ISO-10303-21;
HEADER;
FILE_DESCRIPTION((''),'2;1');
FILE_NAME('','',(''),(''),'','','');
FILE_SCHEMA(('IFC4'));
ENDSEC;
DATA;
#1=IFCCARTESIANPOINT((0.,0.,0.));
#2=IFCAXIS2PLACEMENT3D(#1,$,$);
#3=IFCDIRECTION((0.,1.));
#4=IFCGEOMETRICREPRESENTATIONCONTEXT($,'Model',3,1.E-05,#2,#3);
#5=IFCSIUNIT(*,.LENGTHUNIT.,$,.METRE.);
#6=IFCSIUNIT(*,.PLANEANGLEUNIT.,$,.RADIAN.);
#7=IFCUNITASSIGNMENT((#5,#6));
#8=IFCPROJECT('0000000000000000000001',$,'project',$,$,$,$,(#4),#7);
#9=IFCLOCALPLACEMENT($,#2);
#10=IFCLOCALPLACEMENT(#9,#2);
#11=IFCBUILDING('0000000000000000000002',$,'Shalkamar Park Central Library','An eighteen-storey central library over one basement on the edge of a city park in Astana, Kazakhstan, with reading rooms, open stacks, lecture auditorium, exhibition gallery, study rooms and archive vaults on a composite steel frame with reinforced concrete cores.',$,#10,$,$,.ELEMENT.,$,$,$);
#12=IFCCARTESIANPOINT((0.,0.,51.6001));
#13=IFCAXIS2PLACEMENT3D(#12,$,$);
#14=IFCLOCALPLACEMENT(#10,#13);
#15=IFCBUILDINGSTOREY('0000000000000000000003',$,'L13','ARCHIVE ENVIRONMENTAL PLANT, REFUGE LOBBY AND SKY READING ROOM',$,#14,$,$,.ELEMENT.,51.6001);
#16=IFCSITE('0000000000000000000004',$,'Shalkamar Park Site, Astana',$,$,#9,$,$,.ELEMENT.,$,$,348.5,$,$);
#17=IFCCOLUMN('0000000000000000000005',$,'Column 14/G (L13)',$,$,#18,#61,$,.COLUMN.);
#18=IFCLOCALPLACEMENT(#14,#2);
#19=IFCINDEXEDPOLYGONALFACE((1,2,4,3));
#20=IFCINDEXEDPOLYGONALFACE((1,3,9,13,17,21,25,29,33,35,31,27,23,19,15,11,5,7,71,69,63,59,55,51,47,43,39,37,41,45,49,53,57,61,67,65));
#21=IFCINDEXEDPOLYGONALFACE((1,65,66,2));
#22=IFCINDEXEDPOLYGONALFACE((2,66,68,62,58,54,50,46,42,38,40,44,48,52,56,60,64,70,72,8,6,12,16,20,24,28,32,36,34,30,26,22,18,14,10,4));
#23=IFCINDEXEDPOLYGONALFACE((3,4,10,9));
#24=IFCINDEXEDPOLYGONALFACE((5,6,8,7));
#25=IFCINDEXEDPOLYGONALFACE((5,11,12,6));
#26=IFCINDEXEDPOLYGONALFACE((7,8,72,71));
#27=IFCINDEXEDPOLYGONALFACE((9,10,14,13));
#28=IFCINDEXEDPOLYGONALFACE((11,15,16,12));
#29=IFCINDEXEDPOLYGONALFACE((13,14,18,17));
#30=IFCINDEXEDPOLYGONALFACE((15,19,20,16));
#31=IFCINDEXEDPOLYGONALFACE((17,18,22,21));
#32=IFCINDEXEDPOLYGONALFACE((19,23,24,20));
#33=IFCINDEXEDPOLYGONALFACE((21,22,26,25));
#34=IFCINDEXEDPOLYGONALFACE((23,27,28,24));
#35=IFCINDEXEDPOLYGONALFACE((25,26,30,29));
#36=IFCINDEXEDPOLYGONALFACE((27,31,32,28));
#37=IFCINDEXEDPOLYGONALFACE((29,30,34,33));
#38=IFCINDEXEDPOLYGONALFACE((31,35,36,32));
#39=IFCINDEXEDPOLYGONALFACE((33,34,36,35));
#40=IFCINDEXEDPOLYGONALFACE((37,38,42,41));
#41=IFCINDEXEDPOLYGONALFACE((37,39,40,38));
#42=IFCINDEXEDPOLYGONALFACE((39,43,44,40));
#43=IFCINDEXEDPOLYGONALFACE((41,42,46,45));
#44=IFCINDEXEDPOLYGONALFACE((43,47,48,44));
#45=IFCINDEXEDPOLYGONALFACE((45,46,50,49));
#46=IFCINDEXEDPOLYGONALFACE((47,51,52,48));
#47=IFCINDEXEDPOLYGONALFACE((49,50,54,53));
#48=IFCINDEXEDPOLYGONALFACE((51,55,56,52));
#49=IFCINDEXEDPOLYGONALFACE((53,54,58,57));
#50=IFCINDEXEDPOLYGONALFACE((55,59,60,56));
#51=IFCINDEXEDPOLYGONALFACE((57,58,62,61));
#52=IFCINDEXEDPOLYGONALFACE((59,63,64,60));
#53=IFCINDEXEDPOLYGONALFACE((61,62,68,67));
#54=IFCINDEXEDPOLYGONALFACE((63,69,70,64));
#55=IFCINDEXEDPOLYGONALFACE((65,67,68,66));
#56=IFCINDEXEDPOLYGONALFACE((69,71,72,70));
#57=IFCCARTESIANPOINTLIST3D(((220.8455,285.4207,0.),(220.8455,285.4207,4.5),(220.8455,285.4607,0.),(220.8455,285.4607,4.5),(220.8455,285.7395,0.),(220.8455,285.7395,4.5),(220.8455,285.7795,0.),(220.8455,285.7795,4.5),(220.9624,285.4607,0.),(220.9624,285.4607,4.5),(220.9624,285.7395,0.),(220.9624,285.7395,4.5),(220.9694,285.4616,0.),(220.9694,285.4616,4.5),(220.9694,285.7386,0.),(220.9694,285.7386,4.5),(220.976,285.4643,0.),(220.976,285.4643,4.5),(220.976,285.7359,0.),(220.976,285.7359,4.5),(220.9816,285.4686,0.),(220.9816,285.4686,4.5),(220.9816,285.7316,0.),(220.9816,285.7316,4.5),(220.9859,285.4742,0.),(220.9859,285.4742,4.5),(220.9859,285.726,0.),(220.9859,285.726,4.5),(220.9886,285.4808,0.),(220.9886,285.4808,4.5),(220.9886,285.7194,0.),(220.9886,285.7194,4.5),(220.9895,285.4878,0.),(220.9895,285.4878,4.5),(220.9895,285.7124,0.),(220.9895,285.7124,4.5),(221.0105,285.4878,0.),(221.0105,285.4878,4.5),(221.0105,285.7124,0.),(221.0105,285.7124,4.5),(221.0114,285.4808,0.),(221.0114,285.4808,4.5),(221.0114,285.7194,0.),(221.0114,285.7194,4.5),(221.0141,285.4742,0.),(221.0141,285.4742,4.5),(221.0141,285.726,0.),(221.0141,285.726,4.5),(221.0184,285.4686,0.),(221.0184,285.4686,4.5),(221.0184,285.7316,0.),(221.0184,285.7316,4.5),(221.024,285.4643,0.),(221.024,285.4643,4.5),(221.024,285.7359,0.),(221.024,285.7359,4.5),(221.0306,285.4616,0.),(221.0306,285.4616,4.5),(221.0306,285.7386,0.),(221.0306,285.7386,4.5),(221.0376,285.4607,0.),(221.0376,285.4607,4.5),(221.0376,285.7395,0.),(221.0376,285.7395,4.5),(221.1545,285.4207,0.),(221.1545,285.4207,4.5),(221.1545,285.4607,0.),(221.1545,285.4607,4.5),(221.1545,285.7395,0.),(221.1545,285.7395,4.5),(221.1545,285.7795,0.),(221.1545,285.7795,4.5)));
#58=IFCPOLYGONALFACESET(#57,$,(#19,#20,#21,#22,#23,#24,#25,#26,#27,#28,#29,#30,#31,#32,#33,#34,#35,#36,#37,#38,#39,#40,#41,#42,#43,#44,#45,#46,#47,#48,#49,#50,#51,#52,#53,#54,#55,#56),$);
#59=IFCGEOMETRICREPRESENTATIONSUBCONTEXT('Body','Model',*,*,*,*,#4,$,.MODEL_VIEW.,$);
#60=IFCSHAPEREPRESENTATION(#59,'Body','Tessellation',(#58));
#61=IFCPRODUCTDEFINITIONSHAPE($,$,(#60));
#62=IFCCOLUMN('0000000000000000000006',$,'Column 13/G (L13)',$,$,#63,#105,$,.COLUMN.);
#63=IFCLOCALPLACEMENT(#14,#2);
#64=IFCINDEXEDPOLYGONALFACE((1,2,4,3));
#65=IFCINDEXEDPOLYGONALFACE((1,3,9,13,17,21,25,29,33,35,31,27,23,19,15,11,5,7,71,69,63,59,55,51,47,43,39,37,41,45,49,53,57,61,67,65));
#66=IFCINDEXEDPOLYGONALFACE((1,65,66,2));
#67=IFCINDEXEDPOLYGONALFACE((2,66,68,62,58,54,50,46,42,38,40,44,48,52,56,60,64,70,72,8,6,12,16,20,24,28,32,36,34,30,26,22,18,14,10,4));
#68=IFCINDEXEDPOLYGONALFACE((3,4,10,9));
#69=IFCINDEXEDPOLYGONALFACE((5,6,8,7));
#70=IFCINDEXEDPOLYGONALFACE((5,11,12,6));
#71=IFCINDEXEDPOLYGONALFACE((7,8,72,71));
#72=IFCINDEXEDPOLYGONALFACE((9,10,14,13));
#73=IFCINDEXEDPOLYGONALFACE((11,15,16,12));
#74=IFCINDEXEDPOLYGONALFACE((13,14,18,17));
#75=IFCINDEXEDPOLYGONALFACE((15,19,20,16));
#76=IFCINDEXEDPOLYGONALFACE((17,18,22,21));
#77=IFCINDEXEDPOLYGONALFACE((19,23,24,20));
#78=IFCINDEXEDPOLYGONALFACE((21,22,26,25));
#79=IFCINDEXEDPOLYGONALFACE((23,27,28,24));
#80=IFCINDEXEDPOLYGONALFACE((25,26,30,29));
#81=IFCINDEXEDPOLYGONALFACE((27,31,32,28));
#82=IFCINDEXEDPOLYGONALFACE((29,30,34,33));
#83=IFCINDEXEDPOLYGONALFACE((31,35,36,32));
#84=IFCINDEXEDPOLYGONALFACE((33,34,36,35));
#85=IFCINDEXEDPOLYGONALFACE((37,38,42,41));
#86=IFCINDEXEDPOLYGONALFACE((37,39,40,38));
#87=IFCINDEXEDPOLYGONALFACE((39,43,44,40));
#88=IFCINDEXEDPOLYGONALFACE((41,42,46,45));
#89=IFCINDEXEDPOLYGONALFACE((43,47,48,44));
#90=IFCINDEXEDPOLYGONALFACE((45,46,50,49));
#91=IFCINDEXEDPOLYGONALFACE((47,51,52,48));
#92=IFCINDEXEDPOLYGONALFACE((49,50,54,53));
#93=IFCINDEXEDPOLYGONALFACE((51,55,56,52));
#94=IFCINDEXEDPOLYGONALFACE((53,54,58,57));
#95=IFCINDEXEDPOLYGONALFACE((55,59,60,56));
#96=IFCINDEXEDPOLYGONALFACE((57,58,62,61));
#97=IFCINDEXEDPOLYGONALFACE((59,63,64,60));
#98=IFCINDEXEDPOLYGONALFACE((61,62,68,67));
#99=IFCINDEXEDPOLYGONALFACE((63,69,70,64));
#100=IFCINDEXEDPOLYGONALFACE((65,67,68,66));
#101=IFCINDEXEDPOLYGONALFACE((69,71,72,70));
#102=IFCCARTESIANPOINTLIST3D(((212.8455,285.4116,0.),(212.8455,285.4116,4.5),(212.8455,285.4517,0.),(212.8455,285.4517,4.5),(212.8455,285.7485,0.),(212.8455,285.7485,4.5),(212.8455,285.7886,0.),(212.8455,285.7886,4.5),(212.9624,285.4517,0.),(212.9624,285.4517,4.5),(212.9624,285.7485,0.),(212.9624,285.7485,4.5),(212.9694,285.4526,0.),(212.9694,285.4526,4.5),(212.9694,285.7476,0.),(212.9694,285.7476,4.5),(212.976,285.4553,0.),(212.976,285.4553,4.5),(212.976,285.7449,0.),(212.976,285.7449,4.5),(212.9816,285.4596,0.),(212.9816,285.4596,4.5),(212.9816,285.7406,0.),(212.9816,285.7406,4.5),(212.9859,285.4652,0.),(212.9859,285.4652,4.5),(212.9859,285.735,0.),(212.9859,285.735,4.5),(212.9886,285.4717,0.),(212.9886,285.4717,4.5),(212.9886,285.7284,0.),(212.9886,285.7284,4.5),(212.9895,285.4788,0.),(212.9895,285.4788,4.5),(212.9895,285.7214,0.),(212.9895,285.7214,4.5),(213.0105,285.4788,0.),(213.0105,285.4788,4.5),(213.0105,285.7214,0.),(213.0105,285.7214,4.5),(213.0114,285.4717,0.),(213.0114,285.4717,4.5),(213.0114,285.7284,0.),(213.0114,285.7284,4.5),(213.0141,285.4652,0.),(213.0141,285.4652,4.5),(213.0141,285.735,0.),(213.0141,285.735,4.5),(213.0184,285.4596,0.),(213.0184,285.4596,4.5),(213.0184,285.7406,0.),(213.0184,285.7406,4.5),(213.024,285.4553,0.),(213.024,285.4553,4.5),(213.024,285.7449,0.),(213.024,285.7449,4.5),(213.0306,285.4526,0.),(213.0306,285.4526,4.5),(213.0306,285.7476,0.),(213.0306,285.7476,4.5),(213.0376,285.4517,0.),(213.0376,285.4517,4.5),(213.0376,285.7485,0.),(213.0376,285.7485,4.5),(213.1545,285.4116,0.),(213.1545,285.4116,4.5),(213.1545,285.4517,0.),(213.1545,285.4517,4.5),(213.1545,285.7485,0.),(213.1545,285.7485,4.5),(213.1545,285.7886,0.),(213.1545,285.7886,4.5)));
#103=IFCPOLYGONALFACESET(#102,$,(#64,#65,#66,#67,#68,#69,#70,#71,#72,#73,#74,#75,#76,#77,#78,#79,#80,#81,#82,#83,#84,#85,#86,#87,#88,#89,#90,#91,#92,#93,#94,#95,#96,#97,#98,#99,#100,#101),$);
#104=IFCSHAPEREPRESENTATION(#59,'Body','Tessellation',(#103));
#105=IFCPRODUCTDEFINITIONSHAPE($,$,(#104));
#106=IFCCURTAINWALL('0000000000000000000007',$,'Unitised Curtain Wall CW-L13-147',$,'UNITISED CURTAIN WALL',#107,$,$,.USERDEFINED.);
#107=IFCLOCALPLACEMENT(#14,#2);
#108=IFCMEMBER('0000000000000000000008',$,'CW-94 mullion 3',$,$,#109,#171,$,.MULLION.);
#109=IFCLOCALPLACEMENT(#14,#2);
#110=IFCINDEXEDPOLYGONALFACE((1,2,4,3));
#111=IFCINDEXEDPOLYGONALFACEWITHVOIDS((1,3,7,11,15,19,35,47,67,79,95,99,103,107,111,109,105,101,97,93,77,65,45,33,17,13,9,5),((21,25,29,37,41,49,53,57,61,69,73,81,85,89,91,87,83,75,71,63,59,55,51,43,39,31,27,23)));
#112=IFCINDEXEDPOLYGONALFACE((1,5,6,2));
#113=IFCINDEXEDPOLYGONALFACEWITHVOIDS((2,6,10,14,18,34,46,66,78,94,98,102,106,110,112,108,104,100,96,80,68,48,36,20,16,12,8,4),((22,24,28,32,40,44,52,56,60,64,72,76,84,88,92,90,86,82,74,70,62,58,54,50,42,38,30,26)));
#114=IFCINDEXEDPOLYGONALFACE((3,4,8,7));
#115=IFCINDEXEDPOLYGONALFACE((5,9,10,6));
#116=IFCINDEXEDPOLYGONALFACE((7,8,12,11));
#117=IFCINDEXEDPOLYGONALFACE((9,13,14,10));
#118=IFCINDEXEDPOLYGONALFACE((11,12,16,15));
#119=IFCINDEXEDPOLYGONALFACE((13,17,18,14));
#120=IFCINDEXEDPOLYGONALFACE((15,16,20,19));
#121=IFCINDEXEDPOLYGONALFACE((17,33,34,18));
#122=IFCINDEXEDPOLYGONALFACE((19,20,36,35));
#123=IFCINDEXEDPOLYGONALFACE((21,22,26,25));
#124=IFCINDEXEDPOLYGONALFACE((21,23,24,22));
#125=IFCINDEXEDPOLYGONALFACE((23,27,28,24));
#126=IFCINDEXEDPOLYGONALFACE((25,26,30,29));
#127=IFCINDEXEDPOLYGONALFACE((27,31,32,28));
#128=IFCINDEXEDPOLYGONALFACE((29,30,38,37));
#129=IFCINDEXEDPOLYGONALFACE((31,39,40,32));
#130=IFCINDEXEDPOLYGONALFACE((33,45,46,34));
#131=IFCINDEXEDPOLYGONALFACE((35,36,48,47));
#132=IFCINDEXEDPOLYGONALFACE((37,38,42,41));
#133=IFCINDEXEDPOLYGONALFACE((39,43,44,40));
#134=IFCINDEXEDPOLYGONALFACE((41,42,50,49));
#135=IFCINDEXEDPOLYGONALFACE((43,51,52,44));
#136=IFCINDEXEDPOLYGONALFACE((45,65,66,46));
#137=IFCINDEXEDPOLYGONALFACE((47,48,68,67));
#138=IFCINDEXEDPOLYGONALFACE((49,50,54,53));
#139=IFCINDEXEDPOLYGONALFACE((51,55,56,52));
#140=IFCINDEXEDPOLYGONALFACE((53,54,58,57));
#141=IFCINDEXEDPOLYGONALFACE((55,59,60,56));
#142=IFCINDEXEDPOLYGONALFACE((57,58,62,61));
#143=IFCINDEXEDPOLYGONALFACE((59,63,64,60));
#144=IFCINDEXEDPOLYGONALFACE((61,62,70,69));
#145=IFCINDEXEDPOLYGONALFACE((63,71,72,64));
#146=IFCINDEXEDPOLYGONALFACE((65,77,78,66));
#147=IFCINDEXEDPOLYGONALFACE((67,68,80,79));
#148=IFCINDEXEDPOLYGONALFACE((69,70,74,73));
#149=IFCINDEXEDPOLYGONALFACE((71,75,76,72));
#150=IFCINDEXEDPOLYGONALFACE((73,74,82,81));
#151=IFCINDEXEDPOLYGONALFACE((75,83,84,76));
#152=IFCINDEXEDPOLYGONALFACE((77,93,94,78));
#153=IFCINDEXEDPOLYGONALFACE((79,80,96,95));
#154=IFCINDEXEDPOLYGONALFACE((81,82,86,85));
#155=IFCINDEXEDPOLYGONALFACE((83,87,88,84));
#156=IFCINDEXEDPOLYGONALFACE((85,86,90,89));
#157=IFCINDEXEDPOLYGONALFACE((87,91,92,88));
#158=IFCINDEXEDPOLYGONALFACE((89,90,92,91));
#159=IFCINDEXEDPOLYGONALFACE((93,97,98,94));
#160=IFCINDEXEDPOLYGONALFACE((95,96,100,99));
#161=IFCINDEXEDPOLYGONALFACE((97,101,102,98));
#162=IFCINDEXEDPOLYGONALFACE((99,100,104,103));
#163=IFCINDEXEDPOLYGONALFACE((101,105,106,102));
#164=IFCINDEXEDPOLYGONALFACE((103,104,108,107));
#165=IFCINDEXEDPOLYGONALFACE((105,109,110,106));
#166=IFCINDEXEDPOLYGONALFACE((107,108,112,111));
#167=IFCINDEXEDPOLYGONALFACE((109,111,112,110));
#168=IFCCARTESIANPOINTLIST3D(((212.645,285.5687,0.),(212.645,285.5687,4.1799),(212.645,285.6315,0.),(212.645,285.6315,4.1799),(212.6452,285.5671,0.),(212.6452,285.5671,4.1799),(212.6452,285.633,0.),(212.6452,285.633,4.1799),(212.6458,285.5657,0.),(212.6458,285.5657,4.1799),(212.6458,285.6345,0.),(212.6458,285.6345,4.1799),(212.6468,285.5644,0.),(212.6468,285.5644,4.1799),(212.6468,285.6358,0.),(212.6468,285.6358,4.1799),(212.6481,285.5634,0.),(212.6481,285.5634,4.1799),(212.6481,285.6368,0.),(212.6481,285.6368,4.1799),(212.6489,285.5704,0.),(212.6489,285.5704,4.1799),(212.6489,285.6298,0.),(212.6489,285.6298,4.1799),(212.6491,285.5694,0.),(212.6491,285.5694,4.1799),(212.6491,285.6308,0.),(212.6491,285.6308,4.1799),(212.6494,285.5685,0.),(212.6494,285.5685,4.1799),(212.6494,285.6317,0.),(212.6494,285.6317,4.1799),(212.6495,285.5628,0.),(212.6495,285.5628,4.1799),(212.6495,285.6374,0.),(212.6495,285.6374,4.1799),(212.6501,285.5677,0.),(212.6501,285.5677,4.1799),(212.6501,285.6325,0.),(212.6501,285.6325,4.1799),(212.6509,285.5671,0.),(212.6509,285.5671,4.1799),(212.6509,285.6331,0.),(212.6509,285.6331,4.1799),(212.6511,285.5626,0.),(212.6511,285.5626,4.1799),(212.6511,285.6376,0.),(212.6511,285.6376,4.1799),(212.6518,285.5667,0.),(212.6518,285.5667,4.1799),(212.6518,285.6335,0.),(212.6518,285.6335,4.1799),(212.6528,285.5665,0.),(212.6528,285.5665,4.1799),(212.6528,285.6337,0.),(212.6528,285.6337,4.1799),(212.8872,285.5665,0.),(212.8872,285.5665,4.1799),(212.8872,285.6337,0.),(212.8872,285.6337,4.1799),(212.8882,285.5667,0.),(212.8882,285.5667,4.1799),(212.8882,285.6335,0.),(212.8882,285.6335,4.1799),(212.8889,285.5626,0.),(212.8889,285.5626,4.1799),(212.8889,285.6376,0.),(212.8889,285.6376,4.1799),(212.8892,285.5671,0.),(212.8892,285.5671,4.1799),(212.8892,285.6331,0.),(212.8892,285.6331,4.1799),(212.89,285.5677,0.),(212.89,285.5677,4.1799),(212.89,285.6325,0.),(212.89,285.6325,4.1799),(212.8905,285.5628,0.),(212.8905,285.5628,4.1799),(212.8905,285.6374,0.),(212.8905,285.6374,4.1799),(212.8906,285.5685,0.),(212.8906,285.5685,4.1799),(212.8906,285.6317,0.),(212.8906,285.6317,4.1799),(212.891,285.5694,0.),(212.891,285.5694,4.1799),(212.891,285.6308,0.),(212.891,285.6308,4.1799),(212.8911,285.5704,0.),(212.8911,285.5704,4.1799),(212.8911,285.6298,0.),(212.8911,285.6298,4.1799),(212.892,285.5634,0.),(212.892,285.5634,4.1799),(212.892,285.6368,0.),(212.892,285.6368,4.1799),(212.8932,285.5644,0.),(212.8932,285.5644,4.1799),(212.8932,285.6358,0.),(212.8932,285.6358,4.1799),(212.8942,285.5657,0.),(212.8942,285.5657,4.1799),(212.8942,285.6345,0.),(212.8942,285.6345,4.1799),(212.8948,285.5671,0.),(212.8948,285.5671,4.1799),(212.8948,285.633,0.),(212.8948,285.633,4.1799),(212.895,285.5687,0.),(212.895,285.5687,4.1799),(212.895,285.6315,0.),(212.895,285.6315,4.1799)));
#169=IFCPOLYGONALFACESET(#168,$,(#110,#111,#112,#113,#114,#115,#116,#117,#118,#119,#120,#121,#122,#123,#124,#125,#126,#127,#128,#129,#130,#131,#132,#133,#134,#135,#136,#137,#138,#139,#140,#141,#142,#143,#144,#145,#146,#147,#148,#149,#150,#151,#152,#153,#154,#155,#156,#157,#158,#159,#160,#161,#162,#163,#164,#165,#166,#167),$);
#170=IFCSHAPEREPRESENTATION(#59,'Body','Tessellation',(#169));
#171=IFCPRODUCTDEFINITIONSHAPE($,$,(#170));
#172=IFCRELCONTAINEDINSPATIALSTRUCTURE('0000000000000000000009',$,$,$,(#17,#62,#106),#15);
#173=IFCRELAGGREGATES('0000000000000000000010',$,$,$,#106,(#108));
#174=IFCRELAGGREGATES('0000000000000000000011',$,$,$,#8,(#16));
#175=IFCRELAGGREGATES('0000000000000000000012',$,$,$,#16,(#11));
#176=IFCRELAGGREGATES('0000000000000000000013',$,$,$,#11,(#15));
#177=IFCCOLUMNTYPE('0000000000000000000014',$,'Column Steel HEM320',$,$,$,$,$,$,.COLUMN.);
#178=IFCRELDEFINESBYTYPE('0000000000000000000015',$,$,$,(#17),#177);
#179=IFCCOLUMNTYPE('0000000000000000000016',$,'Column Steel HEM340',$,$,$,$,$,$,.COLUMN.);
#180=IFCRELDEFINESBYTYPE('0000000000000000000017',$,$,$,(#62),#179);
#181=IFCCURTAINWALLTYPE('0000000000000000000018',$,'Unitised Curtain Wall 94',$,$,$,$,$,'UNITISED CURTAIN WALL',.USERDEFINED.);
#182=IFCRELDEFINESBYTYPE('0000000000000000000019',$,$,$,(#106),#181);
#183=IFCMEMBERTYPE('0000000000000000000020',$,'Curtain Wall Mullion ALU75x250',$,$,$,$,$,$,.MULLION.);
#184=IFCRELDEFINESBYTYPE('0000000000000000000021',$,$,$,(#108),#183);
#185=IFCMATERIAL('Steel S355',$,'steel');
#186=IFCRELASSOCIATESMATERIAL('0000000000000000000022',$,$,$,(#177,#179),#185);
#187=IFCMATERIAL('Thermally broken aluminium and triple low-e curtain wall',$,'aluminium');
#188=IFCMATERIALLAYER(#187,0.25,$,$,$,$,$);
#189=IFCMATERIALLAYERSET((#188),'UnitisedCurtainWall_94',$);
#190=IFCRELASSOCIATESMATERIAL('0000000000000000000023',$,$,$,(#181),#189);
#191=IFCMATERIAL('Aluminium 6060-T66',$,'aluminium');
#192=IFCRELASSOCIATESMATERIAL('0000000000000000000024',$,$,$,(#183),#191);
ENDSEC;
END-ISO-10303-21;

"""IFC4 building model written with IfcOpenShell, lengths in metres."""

from ifc_helpers import new_model, si_unit, direction, frame, origin, origin_2d, place, context, subcontext, project, spatial, hollow_rectangle, i_section, extrude, material, layer, layer_set, material_profile, profile_set, type_object, element, aggregate, save


model = new_model("IFC4")

# Units and contexts
model_context = context("Model", 3, precision=1e-05, world=origin(), true_north=direction((0.0, 1.0)))
body_context = subcontext(model_context, "Body", "Model", "MODEL_VIEW")
ifc_project = project(units=[si_unit("LENGTHUNIT", "METRE"), si_unit("PLANEANGLEUNIT", "RADIAN")], contexts=[model_context])

# Site, building, storey
site_placement = place(None, origin())
site = spatial("IfcSite", under=ifc_project, at=site_placement, Name="Shalkamar Park Site, Astana", CompositionType="ELEMENT", RefElevation=348.5)
building_placement = place(site_placement, origin())
building = spatial("IfcBuilding", under=site, at=building_placement, Name="Shalkamar Park Central Library", Description="An eighteen-storey central library over one basement on the edge of a city park in Astana, Kazakhstan, with reading rooms, open stacks, lecture auditorium, exhibition gallery, study rooms and archive vaults on a composite steel frame with reinforced concrete cores.", CompositionType="ELEMENT")
storey_placement = place(building_placement, frame((0.0, 0.0, 51.6001)))
storey = spatial("IfcBuildingStorey", under=building, at=storey_placement, Name="L13", Description="ARCHIVE ENVIRONMENTAL PLANT, REFUGE LOBBY AND SKY READING ROOM", CompositionType="ELEMENT", Elevation=51.6001)

# Columns
ifc_material_1 = material(Name="Steel S355", Category="steel")
ifc_material_profile_1 = material_profile(ifc_material_1, i_section(OverallWidth=0.3091, OverallDepth=0.3589, WebThickness=0.021, FlangeThickness=0.04, FilletRadius=0.0271, at=origin_2d()), Name="HEM 320")
ifc_profile_set_1 = profile_set([ifc_material_profile_1], Name="Steel S355")
column_type_1 = type_object("IfcColumnType", Name="Column Steel HEM320", PredefinedType="COLUMN", material=ifc_profile_set_1)
column_1_placement = place(storey_placement, frame((221.0, 285.6001, 0.0), z_axis=(0.0, 0.0, 1.0), x_axis=(1.0, 0.0, 0.0)))
element("IfcColumn", 1, at=column_1_placement, inside=storey, type_object=column_type_1, Name="Column 14/G (L13)", PredefinedType="COLUMN", context=body_context, shape_type="SweptSolid", body=[
    extrude(i_section(OverallWidth=0.3091, OverallDepth=0.3589, WebThickness=0.021, FlangeThickness=0.04, FilletRadius=0.0271, at=origin_2d()), origin(), (0.0, 0.0, 1.0), 4.5),
])
ifc_material_profile_2 = material_profile(ifc_material_1, i_section(OverallWidth=0.3091, OverallDepth=0.377, WebThickness=0.021, FlangeThickness=0.04, FilletRadius=0.0271, at=origin_2d()), Name="HEM 340")
ifc_profile_set_2 = profile_set([ifc_material_profile_2], Name="Steel S355")
column_type_2 = type_object("IfcColumnType", Name="Column Steel HEM340", PredefinedType="COLUMN", material=ifc_profile_set_2)
column_2_placement = place(storey_placement, frame((213.0, 285.6001, 0.0), z_axis=(0.0, 0.0, 1.0), x_axis=(1.0, 0.0, 0.0)))
element("IfcColumn", 2, at=column_2_placement, inside=storey, type_object=column_type_2, Name="Column 13/G (L13)", PredefinedType="COLUMN", context=body_context, shape_type="SweptSolid", body=[
    extrude(i_section(OverallWidth=0.3091, OverallDepth=0.377, WebThickness=0.021, FlangeThickness=0.04, FilletRadius=0.0271, at=origin_2d()), origin(), (0.0, 0.0, 1.0), 4.5),
])

# Curtain wall, member
ifc_material_2 = material(Name="Thermally broken aluminium and triple low-e curtain wall", Category="aluminium")
ifc_layer_1 = layer(ifc_material_2, 0.25)
ifc_layer_set_1 = layer_set([ifc_layer_1], Name="UnitisedCurtainWall_94")
curtain_wall_type_1 = type_object("IfcCurtainWallType", Name="Unitised Curtain Wall 94", ElementType="UNITISED CURTAIN WALL", PredefinedType="USERDEFINED", material=ifc_layer_set_1)
curtain_wall_1_placement = place(storey_placement, origin())
curtain_wall_1 = element("IfcCurtainWall", 3, at=curtain_wall_1_placement, inside=storey, type_object=curtain_wall_type_1, Name="Unitised Curtain Wall CW-L13-147", ObjectType="UNITISED CURTAIN WALL", PredefinedType="USERDEFINED")
ifc_material_3 = material(Name="Aluminium 6060-T66", Category="aluminium")
ifc_material_profile_3 = material_profile(ifc_material_3, hollow_rectangle(XDim=0.075, YDim=0.25, WallThickness=0.0039, InnerFilletRadius=0.0039, OuterFilletRadius=0.0061, at=origin_2d()), Name="ALU 75x250x4")
ifc_profile_set_3 = profile_set([ifc_material_profile_3], Name="Aluminium 6060-T66")
member_type_1 = type_object("IfcMemberType", Name="Curtain Wall Mullion ALU75x250", PredefinedType="MULLION", material=ifc_profile_set_3)
member_1_placement = place(storey_placement, frame((212.77, 285.6001, 0.0), z_axis=(0.0, 0.0, 1.0), x_axis=(0.0, 1.0, 0.0)))
member_1 = element("IfcMember", 4, at=member_1_placement, type_object=member_type_1, Name="CW-94 mullion 3", PredefinedType="MULLION", context=body_context, shape_type="SweptSolid", body=[
    extrude(hollow_rectangle(XDim=0.075, YDim=0.25, WallThickness=0.0039, InnerFilletRadius=0.0039, OuterFilletRadius=0.0061, at=origin_2d()), origin(), (0.0, 0.0, 1.0), 4.1799),
])

aggregate(curtain_wall_1, [member_1])

save(model, "model.ifc")
